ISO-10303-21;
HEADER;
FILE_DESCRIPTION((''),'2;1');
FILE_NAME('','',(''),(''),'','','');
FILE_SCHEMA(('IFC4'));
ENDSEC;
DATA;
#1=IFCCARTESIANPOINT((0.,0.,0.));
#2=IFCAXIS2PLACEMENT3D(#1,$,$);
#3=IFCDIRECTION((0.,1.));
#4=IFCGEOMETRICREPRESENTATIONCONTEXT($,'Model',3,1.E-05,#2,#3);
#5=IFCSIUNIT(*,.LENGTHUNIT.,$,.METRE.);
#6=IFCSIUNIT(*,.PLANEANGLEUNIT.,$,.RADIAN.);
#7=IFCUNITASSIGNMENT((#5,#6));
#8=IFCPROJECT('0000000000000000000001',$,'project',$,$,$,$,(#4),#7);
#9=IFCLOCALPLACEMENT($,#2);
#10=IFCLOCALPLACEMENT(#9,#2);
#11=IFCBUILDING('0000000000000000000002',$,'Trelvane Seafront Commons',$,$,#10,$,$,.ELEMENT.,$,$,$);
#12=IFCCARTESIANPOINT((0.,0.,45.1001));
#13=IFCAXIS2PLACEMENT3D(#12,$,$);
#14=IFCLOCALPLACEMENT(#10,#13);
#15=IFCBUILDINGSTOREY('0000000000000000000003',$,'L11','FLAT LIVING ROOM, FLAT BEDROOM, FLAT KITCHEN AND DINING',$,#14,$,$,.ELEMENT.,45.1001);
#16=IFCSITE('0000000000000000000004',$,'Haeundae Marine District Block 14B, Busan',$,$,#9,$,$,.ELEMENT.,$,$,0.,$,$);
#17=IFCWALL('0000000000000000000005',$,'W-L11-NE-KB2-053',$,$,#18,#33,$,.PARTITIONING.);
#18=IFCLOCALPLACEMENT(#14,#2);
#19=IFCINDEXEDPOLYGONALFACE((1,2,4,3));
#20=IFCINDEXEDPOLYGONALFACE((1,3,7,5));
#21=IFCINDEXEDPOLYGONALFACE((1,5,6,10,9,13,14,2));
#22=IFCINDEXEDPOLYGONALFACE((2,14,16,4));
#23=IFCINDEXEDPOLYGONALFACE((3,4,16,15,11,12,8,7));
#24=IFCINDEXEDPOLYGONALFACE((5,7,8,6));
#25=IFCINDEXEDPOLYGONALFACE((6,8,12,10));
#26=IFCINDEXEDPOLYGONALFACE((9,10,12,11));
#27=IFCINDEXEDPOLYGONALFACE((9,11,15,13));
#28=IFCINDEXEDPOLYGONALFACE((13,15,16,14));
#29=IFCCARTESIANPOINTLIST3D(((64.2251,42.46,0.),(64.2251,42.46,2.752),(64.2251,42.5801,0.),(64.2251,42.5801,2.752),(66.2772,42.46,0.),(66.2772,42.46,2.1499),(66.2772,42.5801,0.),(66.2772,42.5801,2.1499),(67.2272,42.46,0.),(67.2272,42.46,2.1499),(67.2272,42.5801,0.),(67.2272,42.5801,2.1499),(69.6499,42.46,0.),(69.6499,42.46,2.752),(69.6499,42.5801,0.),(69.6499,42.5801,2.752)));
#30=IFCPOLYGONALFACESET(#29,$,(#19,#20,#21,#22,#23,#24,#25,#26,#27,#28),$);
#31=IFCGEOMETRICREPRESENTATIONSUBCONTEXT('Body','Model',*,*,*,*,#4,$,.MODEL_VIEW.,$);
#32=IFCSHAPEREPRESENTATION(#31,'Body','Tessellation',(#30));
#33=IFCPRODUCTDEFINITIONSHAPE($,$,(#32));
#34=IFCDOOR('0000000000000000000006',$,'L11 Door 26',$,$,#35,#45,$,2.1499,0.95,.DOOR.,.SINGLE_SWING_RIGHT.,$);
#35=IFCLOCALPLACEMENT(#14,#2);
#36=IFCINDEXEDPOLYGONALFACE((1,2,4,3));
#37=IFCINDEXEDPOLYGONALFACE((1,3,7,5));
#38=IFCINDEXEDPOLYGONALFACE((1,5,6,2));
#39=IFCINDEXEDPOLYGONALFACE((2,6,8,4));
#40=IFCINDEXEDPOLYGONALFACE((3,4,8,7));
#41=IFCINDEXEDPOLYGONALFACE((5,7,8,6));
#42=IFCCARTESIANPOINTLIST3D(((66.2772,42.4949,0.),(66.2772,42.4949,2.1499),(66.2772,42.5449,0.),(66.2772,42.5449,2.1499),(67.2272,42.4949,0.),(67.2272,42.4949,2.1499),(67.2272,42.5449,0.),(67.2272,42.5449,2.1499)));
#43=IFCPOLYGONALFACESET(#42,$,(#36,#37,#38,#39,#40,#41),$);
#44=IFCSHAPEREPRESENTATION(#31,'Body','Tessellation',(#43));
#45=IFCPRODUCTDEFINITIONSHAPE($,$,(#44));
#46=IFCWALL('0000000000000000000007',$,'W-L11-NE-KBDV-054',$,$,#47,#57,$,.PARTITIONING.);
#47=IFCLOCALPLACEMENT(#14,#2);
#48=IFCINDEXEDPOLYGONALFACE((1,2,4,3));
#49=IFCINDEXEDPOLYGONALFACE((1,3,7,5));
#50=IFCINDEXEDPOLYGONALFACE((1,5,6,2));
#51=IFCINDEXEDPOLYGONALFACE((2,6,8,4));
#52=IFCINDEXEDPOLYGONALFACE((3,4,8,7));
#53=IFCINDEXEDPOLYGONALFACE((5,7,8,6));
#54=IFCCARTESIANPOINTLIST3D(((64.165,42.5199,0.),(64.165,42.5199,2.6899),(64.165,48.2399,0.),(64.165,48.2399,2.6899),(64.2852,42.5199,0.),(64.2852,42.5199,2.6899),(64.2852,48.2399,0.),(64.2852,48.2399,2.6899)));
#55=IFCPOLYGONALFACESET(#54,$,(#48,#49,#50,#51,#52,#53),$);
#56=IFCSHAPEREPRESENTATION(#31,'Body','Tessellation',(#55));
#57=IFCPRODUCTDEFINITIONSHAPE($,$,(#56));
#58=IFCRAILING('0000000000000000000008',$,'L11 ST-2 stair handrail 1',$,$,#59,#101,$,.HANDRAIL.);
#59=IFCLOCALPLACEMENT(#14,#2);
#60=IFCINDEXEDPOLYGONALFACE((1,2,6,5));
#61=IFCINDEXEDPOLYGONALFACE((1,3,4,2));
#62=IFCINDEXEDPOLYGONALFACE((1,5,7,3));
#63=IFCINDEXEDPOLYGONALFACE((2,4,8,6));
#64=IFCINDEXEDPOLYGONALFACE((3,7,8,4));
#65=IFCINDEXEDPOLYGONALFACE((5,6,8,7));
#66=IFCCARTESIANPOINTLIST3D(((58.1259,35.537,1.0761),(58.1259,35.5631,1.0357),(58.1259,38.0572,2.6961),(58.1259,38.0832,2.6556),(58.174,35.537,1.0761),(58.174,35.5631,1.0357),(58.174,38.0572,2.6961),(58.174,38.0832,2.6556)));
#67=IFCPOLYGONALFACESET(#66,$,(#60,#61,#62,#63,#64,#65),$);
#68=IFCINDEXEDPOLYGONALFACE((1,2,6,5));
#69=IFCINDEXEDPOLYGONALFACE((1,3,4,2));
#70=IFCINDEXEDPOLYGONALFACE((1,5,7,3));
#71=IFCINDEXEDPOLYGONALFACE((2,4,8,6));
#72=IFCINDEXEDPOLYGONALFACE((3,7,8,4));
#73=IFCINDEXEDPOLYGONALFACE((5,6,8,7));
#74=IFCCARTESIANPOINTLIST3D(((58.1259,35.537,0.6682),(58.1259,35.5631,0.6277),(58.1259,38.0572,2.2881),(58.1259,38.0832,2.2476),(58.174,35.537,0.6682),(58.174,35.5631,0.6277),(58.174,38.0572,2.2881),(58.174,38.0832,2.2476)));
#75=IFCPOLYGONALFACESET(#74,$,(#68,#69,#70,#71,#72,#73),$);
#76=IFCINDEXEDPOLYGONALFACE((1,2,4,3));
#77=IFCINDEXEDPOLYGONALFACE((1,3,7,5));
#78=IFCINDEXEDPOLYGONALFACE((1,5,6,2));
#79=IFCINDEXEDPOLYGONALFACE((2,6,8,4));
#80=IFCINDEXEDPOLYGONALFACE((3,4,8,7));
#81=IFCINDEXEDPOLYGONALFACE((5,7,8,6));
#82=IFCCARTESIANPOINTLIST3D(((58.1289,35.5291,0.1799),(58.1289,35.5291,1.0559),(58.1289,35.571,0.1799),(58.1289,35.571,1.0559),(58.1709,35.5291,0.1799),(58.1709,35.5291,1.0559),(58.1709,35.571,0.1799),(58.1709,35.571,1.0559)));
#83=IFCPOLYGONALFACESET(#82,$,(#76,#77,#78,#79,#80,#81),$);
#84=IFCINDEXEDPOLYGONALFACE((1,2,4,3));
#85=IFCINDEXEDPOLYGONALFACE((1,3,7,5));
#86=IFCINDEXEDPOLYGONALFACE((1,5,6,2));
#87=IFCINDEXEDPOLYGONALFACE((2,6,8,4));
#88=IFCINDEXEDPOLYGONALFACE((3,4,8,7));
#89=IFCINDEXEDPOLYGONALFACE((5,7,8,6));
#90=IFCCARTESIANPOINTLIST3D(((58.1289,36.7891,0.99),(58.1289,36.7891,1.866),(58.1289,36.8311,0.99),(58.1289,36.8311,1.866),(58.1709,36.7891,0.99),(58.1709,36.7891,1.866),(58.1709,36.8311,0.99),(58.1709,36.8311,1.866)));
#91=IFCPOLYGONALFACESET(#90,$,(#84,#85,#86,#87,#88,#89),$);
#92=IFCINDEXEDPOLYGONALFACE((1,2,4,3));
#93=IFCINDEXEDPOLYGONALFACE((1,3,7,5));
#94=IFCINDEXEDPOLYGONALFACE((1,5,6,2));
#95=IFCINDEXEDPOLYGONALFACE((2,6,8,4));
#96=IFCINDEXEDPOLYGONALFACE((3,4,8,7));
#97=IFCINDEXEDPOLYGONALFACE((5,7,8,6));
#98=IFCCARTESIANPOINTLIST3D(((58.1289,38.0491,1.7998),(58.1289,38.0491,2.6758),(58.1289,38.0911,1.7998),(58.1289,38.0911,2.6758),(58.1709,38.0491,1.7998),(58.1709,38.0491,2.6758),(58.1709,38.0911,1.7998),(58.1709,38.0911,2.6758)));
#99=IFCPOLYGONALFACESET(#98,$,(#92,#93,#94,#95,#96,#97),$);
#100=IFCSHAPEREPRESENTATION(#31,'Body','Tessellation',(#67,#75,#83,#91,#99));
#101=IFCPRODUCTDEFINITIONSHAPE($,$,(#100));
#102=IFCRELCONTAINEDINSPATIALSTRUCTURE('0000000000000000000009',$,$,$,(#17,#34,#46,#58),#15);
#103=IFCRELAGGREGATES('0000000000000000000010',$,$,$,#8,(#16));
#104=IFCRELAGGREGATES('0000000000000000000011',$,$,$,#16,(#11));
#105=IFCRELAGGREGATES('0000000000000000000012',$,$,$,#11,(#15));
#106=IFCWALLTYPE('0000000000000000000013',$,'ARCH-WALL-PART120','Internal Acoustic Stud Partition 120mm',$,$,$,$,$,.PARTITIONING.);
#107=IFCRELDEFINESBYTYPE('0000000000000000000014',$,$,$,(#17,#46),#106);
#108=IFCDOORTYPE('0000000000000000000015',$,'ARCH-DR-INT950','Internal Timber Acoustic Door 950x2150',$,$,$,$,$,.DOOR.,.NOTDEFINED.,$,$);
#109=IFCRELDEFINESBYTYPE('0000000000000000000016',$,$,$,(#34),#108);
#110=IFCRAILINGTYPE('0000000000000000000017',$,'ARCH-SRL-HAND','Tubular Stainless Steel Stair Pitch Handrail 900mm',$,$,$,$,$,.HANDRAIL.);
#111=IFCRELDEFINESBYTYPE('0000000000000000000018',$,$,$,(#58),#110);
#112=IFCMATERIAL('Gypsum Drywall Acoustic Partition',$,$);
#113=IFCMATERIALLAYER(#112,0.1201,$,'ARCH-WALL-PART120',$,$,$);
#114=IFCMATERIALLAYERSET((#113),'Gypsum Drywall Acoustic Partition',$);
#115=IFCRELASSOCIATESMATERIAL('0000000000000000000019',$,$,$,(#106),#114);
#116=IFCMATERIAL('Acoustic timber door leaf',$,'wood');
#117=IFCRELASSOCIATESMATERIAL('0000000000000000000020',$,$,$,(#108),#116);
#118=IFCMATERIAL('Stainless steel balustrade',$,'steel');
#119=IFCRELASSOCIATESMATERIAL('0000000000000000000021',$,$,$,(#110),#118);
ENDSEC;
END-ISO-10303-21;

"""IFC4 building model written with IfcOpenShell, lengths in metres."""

from ifc_helpers import new_model, si_unit, direction, frame, frame_2d, origin, origin_2d, place, context, subcontext, project, spatial, rectangle, extrude, source, transform, mapped, material, layer, layer_set, type_object, element, fill, save


model = new_model("IFC4")

# Units and contexts
model_context = context("Model", 3, precision=1e-05, world=origin(), true_north=direction((0.0, 1.0)))
body_context = subcontext(model_context, "Body", "Model", "MODEL_VIEW")
ifc_project = project(units=[si_unit("LENGTHUNIT", "METRE"), si_unit("PLANEANGLEUNIT", "RADIAN")], contexts=[model_context])

# Site, building, storey
site_placement = place(None, origin())
site = spatial("IfcSite", under=ifc_project, at=site_placement, Name="Haeundae Marine District Block 14B, Busan", CompositionType="ELEMENT", RefElevation=0.0)
building_placement = place(site_placement, origin())
building = spatial("IfcBuilding", under=site, at=building_placement, Name="Trelvane Seafront Commons", CompositionType="ELEMENT")
storey_placement = place(building_placement, frame((0.0, 0.0, 45.1001)))
storey = spatial("IfcBuildingStorey", under=building, at=storey_placement, Name="L11", Description="FLAT LIVING ROOM, FLAT BEDROOM, FLAT KITCHEN AND DINING", CompositionType="ELEMENT", Elevation=45.1001)

# Shared definitions
ifc_material_1 = material(Name="Gypsum Drywall Acoustic Partition")
ifc_layer_1 = layer(ifc_material_1, 0.1201, Name="ARCH-WALL-PART120")
ifc_layer_set_1 = layer_set([ifc_layer_1], Name="Gypsum Drywall Acoustic Partition")
wall_type_1 = type_object("IfcWallType", Name="ARCH-WALL-PART120", Description="Internal Acoustic Stud Partition 120mm", PredefinedType="PARTITIONING", material=ifc_layer_set_1)

# Wall, opening, door
ifc_material_2 = material(Name="Acoustic timber door leaf", Category="wood")
door_type_1 = type_object("IfcDoorType", Name="ARCH-DR-INT950", Description="Internal Timber Acoustic Door 950x2150", OperationType="NOTDEFINED", PredefinedType="DOOR", material=ifc_material_2)
shared_shape_1 = source(origin(), body_context, "Body", "SweptSolid", [
    extrude(rectangle(XDim=0.95, YDim=2.1499, at=frame_2d((0.4751, 1.075))), frame((0.0, 0.0249, 0.0), z_axis=(0.0, -1.0, 0.0), x_axis=(1.0, 0.0, 0.0)), (0.0, 0.0, 1.0), 0.05),
])
wall_1_placement = place(storey_placement, frame((64.2251, 42.52, 0.0), z_axis=(0.0, 0.0, 1.0), x_axis=(1.0, 0.0, 0.0)))
wall_1 = element("IfcWall", 1, at=wall_1_placement, inside=storey, type_object=wall_type_1, Name="W-L11-NE-KB2-053", PredefinedType="PARTITIONING", context=body_context, shape_type="SweptSolid", body=[
    extrude(rectangle(XDim=5.4248, YDim=0.1201, at=frame_2d((2.7124, 0.0))), origin(), (0.0, 0.0, 1.0), 2.752),
])
opening_1_placement = place(wall_1_placement, frame((2.052, 0.0, 0.0)))
opening_1 = element("IfcOpeningElement", 2, at=opening_1_placement, cuts=wall_1, PredefinedType="OPENING", context=body_context, shape_type="SweptSolid", body=[
    extrude(rectangle(XDim=0.95, YDim=2.1499, at=frame_2d((0.4751, 1.075))), frame((0.0, 0.0701, 0.0), z_axis=(0.0, -1.0, 0.0), x_axis=(1.0, 0.0, 0.0)), (0.0, 0.0, 1.0), 0.1401),
])
door_1_placement = place(opening_1_placement, origin())
door_1 = element("IfcDoor", 3, at=door_1_placement, inside=storey, type_object=door_type_1, Name="L11 Door 26", OperationType="SINGLE_SWING_RIGHT", OverallHeight=2.1499, OverallWidth=0.95, PredefinedType="DOOR", context=body_context, shape_type="MappedRepresentation", body=[
    mapped(shared_shape_1, transform((0.0, 0.0, 0.0), x_axis=(1.0, 0.0, 0.0), y_axis=(0.0, 1.0, 0.0), z_axis=(0.0, 0.0, 1.0), scale=1.0)),
])
fill(opening_1, door_1)

# Wall
wall_2_placement = place(storey_placement, frame((64.2251, 42.52, 0.0), z_axis=(0.0, 0.0, 1.0), x_axis=(0.0, 1.0, 0.0)))
element("IfcWall", 4, at=wall_2_placement, inside=storey, type_object=wall_type_1, Name="W-L11-NE-KBDV-054", PredefinedType="PARTITIONING", context=body_context, shape_type="SweptSolid", body=[
    extrude(rectangle(XDim=5.72, YDim=0.1201, at=frame_2d((2.8599, 0.0))), origin(), (0.0, 0.0, 1.0), 2.6899),
])

# Railing
ifc_material_3 = material(Name="Stainless steel balustrade", Category="steel")
railing_type = type_object("IfcRailingType", Name="ARCH-SRL-HAND", Description="Tubular Stainless Steel Stair Pitch Handrail 900mm", PredefinedType="HANDRAIL", material=ifc_material_3)
railing_placement = place(storey_placement, frame((58.1499, 35.55, 0.1799)))
element("IfcRailing", 5, at=railing_placement, inside=storey, type_object=railing_type, Name="L11 ST-2 stair handrail 1", PredefinedType="HANDRAIL", context=body_context, shape_type="SweptSolid", body=[
    extrude(rectangle(XDim=0.0481, YDim=0.0481, at=origin_2d()), frame((0.0, 0.0, 0.876), z_axis=(0.0, 0.8412, 0.540725), x_axis=(-1.0, 0.0, 0.0)), (0.0, 0.0, 1.0), 2.9958),
    extrude(rectangle(XDim=0.0481, YDim=0.0481, at=origin_2d()), frame((0.0, 0.0, 0.468), z_axis=(0.0, 0.8412, 0.540725), x_axis=(-1.0, 0.0, 0.0)), (0.0, 0.0, 1.0), 2.9958),
    extrude(rectangle(XDim=0.042, YDim=0.042, at=origin_2d()), origin(), (0.0, 0.0, 1.0), 0.876),
    extrude(rectangle(XDim=0.042, YDim=0.042, at=origin_2d()), frame((0.0, 1.26, 0.8101)), (0.0, 0.0, 1.0), 0.876),
    extrude(rectangle(XDim=0.042, YDim=0.042, at=origin_2d()), frame((0.0, 2.52, 1.6199)), (0.0, 0.0, 1.0), 0.876),
])

save(model, "model.ifc")
